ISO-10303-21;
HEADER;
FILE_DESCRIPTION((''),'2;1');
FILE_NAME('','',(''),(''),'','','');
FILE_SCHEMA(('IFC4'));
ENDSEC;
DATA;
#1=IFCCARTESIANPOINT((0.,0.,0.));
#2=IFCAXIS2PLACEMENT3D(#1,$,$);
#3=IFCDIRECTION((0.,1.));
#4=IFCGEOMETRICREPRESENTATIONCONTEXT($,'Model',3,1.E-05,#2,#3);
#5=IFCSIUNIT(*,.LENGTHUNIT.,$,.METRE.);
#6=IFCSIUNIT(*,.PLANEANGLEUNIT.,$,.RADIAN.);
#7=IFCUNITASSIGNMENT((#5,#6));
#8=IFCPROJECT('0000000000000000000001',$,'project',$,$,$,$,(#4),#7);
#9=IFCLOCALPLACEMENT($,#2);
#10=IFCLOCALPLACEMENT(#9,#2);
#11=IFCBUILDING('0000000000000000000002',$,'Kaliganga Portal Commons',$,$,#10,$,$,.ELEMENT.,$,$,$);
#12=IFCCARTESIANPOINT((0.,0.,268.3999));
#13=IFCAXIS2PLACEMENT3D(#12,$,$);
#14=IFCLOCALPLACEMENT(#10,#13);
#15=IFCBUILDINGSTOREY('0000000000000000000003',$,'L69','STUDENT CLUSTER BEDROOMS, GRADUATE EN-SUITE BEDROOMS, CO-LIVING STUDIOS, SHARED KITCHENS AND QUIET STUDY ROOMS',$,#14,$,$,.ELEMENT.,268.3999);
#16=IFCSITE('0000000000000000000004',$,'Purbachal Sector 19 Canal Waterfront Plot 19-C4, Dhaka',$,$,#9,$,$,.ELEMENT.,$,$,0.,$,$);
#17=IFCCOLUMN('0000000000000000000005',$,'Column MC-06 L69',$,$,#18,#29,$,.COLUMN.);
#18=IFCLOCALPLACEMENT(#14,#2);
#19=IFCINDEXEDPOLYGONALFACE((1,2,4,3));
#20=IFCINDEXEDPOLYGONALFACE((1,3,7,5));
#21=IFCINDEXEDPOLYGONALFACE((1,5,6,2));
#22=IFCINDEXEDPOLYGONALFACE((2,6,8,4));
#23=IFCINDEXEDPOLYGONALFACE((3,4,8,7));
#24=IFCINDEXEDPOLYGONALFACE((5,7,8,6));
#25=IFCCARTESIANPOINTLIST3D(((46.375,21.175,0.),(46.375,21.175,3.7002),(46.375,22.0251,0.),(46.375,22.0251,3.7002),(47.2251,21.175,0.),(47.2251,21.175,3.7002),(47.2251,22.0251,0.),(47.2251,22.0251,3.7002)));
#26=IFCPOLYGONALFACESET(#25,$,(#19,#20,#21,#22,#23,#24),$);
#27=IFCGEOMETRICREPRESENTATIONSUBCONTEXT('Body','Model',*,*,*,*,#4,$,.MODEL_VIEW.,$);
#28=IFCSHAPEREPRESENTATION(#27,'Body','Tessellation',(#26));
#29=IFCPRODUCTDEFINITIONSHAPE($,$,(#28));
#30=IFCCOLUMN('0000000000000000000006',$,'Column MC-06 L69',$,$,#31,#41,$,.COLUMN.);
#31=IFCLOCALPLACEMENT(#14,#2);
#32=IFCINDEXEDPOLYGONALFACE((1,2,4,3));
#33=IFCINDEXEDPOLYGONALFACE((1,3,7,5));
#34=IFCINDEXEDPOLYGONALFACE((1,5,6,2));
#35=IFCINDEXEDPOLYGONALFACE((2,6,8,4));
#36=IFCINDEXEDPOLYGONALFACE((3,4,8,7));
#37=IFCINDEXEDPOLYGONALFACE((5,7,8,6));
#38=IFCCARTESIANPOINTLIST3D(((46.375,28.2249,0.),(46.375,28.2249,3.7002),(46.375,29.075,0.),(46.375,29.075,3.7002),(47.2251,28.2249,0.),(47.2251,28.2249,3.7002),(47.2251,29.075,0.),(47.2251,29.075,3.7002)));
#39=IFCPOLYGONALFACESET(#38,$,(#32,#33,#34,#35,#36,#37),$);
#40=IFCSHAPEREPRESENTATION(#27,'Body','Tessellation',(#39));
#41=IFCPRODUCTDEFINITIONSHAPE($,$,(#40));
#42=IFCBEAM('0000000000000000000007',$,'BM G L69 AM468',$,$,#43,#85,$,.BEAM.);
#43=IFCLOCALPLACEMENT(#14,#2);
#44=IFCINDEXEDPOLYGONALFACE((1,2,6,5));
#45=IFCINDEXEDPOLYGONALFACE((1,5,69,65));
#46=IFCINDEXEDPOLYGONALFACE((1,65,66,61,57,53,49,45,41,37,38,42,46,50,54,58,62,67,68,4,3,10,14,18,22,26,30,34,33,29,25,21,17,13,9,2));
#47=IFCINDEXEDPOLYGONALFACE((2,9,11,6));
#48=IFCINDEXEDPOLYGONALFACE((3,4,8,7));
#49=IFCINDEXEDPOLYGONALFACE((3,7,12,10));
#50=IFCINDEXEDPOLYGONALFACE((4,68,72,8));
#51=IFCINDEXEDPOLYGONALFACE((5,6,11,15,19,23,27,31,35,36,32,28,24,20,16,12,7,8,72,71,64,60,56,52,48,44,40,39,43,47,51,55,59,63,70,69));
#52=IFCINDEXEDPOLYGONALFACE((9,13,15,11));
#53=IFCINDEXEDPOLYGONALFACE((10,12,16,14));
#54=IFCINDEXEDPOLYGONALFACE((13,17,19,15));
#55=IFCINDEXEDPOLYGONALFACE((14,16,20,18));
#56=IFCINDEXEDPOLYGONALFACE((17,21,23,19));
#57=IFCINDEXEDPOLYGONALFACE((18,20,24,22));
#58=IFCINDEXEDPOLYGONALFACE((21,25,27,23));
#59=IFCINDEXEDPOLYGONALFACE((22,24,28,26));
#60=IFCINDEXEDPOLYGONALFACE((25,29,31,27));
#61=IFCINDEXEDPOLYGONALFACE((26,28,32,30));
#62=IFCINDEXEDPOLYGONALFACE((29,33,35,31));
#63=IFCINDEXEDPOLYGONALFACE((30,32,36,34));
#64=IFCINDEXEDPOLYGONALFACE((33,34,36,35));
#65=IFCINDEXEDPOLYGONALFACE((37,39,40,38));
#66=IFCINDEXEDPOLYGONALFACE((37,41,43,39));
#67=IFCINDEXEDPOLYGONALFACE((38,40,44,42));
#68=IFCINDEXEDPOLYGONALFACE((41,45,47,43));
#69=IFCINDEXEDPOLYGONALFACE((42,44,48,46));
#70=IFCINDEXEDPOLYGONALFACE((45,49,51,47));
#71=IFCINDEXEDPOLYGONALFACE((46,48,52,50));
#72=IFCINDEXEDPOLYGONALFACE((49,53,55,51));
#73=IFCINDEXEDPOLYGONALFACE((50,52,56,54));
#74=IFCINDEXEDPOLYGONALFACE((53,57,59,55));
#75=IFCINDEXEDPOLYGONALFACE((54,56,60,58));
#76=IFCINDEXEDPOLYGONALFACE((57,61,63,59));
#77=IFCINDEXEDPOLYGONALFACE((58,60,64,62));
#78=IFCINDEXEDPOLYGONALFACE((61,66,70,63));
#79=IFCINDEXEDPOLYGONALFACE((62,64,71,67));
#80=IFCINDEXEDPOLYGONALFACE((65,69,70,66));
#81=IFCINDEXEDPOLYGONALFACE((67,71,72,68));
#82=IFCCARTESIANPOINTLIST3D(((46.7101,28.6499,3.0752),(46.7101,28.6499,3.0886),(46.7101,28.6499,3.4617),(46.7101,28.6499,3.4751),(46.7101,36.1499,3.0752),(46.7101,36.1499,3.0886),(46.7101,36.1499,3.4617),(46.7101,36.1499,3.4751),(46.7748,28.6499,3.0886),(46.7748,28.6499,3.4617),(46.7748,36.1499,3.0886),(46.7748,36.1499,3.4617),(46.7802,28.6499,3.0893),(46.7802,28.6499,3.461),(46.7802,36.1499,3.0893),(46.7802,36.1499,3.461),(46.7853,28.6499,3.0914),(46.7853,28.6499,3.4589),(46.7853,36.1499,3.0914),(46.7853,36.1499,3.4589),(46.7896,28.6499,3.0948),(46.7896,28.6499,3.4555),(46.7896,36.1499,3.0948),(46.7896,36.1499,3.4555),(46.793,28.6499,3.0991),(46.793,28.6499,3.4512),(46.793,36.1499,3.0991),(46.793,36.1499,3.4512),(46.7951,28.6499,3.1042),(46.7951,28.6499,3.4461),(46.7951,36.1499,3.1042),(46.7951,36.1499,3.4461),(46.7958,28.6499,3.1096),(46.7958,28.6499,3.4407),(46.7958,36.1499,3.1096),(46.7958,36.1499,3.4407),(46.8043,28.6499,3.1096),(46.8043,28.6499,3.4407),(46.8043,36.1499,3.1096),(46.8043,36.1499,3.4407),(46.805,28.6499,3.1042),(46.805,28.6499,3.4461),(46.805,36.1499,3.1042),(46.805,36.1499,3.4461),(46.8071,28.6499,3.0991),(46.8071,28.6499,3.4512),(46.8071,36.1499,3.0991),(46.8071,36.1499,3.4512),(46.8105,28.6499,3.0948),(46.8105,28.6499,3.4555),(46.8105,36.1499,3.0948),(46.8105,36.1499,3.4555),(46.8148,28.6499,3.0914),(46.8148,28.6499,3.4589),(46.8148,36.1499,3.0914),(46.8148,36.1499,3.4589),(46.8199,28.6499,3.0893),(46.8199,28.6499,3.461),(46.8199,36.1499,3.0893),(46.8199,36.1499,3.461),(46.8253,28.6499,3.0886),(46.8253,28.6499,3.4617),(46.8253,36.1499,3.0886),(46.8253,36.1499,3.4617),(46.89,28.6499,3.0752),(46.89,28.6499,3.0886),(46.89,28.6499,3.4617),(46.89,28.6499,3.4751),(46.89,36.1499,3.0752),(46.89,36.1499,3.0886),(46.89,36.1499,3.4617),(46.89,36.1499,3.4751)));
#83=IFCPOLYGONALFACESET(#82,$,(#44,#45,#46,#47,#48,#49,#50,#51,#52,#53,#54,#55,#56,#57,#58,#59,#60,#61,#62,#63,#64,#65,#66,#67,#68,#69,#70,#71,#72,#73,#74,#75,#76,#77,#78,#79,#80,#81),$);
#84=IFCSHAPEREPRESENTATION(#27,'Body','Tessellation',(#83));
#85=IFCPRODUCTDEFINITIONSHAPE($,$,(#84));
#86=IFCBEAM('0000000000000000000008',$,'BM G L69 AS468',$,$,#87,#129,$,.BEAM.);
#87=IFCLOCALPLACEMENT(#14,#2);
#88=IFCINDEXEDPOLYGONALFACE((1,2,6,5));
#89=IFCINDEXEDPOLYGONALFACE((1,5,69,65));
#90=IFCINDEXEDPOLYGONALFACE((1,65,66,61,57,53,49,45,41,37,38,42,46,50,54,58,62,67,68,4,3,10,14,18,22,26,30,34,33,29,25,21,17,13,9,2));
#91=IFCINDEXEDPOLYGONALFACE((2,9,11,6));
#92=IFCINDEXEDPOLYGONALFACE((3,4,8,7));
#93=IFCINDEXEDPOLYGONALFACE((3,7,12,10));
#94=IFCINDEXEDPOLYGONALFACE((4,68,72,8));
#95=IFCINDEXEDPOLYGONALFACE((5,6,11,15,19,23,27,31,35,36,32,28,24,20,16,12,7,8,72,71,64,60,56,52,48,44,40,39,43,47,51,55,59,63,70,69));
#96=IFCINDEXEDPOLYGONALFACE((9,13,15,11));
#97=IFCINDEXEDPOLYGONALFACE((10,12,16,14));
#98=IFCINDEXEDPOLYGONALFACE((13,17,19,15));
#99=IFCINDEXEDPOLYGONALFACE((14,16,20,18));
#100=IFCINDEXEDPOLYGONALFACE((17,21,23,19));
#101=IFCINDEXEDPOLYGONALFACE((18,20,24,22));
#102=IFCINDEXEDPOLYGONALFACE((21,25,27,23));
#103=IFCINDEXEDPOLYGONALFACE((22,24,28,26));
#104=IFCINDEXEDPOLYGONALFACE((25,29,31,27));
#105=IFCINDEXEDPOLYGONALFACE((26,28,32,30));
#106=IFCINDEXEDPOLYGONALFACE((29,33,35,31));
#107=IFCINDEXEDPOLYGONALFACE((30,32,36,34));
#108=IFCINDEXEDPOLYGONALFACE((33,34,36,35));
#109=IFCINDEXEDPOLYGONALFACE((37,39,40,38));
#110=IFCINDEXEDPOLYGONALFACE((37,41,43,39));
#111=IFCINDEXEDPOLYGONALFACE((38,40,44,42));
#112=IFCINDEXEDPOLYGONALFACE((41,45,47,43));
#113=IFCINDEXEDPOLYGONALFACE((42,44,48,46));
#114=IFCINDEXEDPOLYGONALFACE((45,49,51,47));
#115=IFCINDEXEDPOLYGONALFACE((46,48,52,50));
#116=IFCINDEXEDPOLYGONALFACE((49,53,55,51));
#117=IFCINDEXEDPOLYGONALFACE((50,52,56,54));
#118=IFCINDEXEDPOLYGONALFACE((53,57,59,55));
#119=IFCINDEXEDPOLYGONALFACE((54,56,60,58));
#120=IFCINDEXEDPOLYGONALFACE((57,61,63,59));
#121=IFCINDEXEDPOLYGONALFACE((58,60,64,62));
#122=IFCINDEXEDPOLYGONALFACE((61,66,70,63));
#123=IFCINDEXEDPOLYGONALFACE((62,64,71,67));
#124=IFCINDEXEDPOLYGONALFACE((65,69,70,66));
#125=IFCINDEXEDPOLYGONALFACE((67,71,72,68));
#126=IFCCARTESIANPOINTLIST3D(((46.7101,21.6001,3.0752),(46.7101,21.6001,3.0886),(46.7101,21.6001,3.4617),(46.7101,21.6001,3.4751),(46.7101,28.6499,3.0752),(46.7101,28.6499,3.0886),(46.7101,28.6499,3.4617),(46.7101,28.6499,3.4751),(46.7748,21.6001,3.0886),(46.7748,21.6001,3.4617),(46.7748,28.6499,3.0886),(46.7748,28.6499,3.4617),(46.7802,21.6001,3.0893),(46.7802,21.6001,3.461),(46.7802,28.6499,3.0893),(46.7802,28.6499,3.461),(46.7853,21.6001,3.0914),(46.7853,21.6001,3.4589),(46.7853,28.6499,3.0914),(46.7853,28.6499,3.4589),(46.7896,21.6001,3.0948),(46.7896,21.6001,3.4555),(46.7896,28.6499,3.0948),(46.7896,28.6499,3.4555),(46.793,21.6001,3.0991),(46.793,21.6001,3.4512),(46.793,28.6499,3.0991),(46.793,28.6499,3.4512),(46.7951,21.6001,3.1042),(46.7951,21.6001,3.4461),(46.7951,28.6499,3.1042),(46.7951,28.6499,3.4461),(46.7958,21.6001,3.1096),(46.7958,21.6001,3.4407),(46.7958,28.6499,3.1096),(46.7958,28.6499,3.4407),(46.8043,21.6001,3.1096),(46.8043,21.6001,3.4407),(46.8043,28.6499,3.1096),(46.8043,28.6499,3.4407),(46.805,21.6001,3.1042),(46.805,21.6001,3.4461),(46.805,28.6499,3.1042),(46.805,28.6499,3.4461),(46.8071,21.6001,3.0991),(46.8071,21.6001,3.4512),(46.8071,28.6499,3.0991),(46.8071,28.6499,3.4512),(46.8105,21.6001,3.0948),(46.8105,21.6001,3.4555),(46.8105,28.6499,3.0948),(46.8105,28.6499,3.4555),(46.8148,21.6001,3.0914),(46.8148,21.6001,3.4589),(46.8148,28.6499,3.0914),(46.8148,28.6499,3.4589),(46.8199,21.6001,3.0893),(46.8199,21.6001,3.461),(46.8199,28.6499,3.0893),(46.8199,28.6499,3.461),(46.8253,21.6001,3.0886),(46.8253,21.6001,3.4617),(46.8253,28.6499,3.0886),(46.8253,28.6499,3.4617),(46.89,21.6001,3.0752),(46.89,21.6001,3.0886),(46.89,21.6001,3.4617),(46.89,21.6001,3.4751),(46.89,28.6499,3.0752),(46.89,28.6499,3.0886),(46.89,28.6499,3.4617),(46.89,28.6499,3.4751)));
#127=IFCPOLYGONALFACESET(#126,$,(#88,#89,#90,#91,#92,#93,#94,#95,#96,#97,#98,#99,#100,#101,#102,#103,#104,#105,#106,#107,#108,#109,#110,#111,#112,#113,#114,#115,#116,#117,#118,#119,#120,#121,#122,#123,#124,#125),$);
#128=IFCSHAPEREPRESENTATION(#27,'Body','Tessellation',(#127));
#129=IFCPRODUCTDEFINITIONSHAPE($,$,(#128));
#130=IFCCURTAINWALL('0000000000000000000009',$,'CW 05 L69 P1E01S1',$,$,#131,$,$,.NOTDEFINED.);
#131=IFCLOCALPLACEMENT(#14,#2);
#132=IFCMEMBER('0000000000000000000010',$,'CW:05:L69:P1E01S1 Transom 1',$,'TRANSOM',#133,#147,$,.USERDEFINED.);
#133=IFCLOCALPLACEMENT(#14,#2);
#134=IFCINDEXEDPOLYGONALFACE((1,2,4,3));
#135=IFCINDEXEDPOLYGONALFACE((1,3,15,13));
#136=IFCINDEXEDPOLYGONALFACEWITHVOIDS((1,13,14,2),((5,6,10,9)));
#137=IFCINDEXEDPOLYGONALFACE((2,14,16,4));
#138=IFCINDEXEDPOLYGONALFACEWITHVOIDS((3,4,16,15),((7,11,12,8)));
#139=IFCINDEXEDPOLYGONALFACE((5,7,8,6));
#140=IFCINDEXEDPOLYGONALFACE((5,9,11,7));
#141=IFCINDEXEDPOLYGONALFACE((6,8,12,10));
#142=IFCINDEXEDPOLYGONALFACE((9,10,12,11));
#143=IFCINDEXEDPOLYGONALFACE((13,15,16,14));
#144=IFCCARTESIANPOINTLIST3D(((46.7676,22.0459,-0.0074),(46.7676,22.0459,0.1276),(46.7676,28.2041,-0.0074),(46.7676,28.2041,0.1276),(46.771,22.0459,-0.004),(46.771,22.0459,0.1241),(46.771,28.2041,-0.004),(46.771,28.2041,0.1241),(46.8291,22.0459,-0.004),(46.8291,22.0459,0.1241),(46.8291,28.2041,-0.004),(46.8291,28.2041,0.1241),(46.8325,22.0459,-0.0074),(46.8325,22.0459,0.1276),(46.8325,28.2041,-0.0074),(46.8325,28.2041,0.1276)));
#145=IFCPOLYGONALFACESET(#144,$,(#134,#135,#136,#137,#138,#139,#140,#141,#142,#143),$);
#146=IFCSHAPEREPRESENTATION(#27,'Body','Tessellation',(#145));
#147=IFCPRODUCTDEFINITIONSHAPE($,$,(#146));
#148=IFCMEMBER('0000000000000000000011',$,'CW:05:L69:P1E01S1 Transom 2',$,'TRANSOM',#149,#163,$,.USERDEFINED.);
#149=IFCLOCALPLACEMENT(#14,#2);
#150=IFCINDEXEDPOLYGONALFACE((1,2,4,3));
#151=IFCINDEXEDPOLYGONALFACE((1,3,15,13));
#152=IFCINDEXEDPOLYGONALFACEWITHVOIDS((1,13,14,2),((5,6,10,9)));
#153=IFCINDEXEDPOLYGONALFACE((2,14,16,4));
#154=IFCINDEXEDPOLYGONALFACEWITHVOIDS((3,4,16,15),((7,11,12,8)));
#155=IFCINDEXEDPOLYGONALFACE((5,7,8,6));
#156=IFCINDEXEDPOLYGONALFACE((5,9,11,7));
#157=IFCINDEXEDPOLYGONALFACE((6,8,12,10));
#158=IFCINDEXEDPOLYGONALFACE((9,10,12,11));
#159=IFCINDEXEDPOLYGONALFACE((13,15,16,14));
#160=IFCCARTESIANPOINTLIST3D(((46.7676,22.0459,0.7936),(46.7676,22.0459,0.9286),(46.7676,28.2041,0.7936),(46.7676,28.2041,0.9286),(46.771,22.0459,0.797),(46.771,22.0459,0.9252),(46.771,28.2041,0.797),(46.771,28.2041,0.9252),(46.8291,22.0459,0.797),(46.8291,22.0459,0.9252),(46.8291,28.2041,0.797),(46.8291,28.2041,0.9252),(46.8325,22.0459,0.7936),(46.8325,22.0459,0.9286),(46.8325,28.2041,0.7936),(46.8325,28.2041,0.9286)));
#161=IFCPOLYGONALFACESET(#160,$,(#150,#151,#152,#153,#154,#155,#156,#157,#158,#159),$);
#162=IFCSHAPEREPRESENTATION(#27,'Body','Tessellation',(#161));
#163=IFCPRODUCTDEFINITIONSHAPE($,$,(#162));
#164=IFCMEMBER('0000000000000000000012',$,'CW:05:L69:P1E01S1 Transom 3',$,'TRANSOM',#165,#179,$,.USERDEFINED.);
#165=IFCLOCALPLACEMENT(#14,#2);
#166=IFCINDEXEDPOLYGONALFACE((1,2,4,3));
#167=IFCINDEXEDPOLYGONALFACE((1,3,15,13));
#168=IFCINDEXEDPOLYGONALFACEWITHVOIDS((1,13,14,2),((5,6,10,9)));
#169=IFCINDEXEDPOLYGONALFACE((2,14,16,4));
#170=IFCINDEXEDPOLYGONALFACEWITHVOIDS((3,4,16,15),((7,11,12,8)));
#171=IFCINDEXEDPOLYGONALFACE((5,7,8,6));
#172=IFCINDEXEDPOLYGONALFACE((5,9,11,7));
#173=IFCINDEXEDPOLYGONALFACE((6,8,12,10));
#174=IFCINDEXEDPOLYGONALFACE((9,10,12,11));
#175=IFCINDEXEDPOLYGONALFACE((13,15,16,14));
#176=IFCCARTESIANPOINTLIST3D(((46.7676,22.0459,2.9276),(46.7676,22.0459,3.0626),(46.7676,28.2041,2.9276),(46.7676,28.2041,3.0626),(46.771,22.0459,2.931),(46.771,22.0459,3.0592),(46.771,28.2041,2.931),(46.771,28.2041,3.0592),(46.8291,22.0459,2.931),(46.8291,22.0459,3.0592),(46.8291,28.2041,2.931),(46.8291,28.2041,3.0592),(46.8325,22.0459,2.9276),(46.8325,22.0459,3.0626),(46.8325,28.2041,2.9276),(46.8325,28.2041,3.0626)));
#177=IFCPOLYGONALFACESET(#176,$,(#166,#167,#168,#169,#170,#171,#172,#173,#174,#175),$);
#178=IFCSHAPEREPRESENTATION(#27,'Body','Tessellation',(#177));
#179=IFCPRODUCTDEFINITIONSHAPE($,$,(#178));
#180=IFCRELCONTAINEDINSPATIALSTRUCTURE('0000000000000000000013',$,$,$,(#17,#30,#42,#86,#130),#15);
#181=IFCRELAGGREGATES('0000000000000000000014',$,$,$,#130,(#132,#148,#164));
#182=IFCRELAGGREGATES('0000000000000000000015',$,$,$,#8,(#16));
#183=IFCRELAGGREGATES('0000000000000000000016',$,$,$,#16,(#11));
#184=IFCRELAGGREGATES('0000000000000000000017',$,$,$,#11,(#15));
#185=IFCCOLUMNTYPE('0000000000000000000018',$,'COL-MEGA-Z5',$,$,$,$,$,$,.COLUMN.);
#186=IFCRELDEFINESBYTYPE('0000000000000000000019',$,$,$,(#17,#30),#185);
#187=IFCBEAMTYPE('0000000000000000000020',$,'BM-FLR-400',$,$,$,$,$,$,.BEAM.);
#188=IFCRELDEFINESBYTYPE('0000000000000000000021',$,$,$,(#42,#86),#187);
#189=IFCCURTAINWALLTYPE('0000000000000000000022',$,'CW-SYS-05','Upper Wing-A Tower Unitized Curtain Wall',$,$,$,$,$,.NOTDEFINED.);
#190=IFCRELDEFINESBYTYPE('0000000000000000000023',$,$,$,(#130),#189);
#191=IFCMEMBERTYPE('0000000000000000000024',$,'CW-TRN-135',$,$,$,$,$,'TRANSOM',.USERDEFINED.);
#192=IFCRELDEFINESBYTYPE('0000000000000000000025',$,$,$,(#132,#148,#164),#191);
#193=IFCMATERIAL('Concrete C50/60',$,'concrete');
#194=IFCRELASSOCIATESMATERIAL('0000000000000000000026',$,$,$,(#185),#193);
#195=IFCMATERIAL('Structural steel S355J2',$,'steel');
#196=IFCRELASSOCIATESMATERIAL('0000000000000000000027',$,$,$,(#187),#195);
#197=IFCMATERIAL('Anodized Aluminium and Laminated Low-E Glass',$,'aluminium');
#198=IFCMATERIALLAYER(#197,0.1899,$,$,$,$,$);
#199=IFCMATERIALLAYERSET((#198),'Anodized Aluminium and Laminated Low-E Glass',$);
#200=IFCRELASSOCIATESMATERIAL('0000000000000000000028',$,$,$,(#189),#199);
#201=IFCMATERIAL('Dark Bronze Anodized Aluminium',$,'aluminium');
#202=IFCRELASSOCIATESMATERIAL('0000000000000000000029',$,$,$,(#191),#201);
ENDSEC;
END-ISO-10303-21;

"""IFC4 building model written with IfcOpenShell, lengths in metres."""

from ifc_helpers import new_model, si_unit, direction, frame, origin, origin_2d, place, context, subcontext, project, spatial, rectangle, hollow_rectangle, i_section, extrude, source, transform, mapped, material, layer, layer_set, material_profile, profile_set, type_object, element, aggregate, save


model = new_model("IFC4")

# Units and contexts
model_context = context("Model", 3, precision=1e-05, world=origin(), true_north=direction((0.0, 1.0)))
body_context = subcontext(model_context, "Body", "Model", "MODEL_VIEW")
ifc_project = project(units=[si_unit("LENGTHUNIT", "METRE"), si_unit("PLANEANGLEUNIT", "RADIAN")], contexts=[model_context])

# Site, building, storey
site_placement = place(None, origin())
site = spatial("IfcSite", under=ifc_project, at=site_placement, Name="Purbachal Sector 19 Canal Waterfront Plot 19-C4, Dhaka", CompositionType="ELEMENT", RefElevation=0.0)
building_placement = place(site_placement, origin())
building = spatial("IfcBuilding", under=site, at=building_placement, Name="Kaliganga Portal Commons", CompositionType="ELEMENT")
storey_placement = place(building_placement, frame((0.0, 0.0, 268.3999)))
storey = spatial("IfcBuildingStorey", under=building, at=storey_placement, Name="L69", Description="STUDENT CLUSTER BEDROOMS, GRADUATE EN-SUITE BEDROOMS, CO-LIVING STUDIOS, SHARED KITCHENS AND QUIET STUDY ROOMS", CompositionType="ELEMENT", Elevation=268.3999)

# Columns
ifc_material_1 = material(Name="Concrete C50/60", Category="concrete")
ifc_material_profile_1 = material_profile(ifc_material_1, rectangle(XDim=0.8501, YDim=0.8501, at=origin_2d()), Name="RC 850x850")
ifc_profile_set_1 = profile_set([ifc_material_profile_1], Name="Concrete C50/60")
column_type = type_object("IfcColumnType", Name="COL-MEGA-Z5", PredefinedType="COLUMN", material=ifc_profile_set_1)
shared_shape_1 = source(origin(), body_context, "Body", "SweptSolid", [
    extrude(rectangle(XDim=0.8501, YDim=0.8501, at=origin_2d()), origin(), (0.0, 0.0, 1.0), 3.7002),
])
for number, where, z_axis, x_axis, name in (
    (1, (46.8, 21.6001, 0.0), (0.0, 0.0, 1.0), (1.0, 0.0, 0.0), "Column MC-06 L69"),
    (2, (46.8, 28.6499, 0.0), (0.0, 0.0, 1.0), (1.0, 0.0, 0.0), "Column MC-06 L69"),
):
    element("IfcColumn", number, at=place(storey_placement, frame(where, z_axis=z_axis, x_axis=x_axis)), inside=storey, type_object=column_type, Name=name, PredefinedType="COLUMN", context=body_context, shape_type="MappedRepresentation", body=[
        mapped(shared_shape_1, transform((0.0, 0.0, 0.0), x_axis=(1.0, 0.0, 0.0), y_axis=(0.0, 1.0, 0.0), z_axis=(0.0, 0.0, 1.0), scale=1.0)),
    ])

# Beams
ifc_material_2 = material(Name="Structural steel S355J2", Category="steel")
ifc_material_profile_2 = material_profile(ifc_material_2, i_section(OverallWidth=0.1799, OverallDepth=0.3999, WebThickness=0.0085, FlangeThickness=0.0134, FilletRadius=0.021, at=origin_2d()), Name="IPE 400")
ifc_profile_set_2 = profile_set([ifc_material_profile_2], Name="Structural steel S355J2 wide-flange")
beam_type = type_object("IfcBeamType", Name="BM-FLR-400", PredefinedType="BEAM", material=ifc_profile_set_2)
shared_shape_2 = source(origin(), body_context, "Body", "SweptSolid", [
    extrude(i_section(OverallWidth=0.1799, OverallDepth=0.3999, WebThickness=0.0085, FlangeThickness=0.0134, FilletRadius=0.021, at=origin_2d()), origin(), (0.0, 0.0, 1.0), 7.5),
])
beam_1_placement = place(storey_placement, frame((46.8, 28.6499, 3.2751), z_axis=(0.0, 1.0, 0.0), x_axis=(-1.0, 0.0, 0.0)))
element("IfcBeam", 3, at=beam_1_placement, inside=storey, type_object=beam_type, Name="BM G L69 AM468", PredefinedType="BEAM", context=body_context, shape_type="MappedRepresentation", body=[
    mapped(shared_shape_2, transform((0.0, 0.0, 0.0), x_axis=(1.0, 0.0, 0.0), y_axis=(0.0, 1.0, 0.0), z_axis=(0.0, 0.0, 1.0), scale=1.0)),
])
shared_shape_3 = source(origin(), body_context, "Body", "SweptSolid", [
    extrude(i_section(OverallWidth=0.1799, OverallDepth=0.3999, WebThickness=0.0085, FlangeThickness=0.0134, FilletRadius=0.021, at=origin_2d()), origin(), (0.0, 0.0, 1.0), 7.0498),
])
beam_2_placement = place(storey_placement, frame((46.8, 21.6001, 3.2751), z_axis=(0.0, 1.0, 0.0), x_axis=(-1.0, 0.0, 0.0)))
element("IfcBeam", 4, at=beam_2_placement, inside=storey, type_object=beam_type, Name="BM G L69 AS468", PredefinedType="BEAM", context=body_context, shape_type="MappedRepresentation", body=[
    mapped(shared_shape_3, transform((0.0, 0.0, 0.0), x_axis=(1.0, 0.0, 0.0), y_axis=(0.0, 1.0, 0.0), z_axis=(0.0, 0.0, 1.0), scale=1.0)),
])

# Curtain wall, members
ifc_material_3 = material(Name="Anodized Aluminium and Laminated Low-E Glass", Category="aluminium")
ifc_layer_1 = layer(ifc_material_3, 0.1899)
ifc_layer_set_1 = layer_set([ifc_layer_1], Name="Anodized Aluminium and Laminated Low-E Glass")
curtain_wall_type = type_object("IfcCurtainWallType", Name="CW-SYS-05", Description="Upper Wing-A Tower Unitized Curtain Wall", PredefinedType="NOTDEFINED", material=ifc_layer_set_1)
curtain_wall_1_placement = place(storey_placement, origin())
curtain_wall_1 = element("IfcCurtainWall", 5, at=curtain_wall_1_placement, inside=storey, type_object=curtain_wall_type, Name="CW 05 L69 P1E01S1", PredefinedType="NOTDEFINED")
ifc_material_4 = material(Name="Dark Bronze Anodized Aluminium", Category="aluminium")
ifc_material_profile_3 = material_profile(ifc_material_4, hollow_rectangle(XDim=0.0649, YDim=0.135, WallThickness=0.0034, at=origin_2d()), Name="ALU TRAN 65x135x3.5")
ifc_profile_set_3 = profile_set([ifc_material_profile_3], Name="Dark Bronze Anodized Aluminium")
member_type_1 = type_object("IfcMemberType", Name="CW-TRN-135", ElementType="TRANSOM", PredefinedType="USERDEFINED", material=ifc_profile_set_3)
shared_shape_4 = source(origin(), body_context, "Body", "SweptSolid", [
    extrude(hollow_rectangle(XDim=0.0649, YDim=0.135, WallThickness=0.0034, at=origin_2d()), origin(), (0.0, 0.0, 1.0), 6.1582),
])
member_1_placement = place(storey_placement, frame((46.8, 22.0459, 0.0601), z_axis=(0.0, 1.0, 0.0), x_axis=(-1.0, 0.0, 0.0)))
member_1 = element("IfcMember", 6, at=member_1_placement, type_object=member_type_1, Name="CW:05:L69:P1E01S1 Transom 1", ObjectType="TRANSOM", PredefinedType="USERDEFINED", context=body_context, shape_type="MappedRepresentation", body=[
    mapped(shared_shape_4, transform((0.0, 0.0, 0.0), x_axis=(1.0, 0.0, 0.0), y_axis=(0.0, 1.0, 0.0), z_axis=(0.0, 0.0, 1.0), scale=1.0)),
])
member_2_placement = place(storey_placement, frame((46.8, 22.0459, 0.8611), z_axis=(0.0, 1.0, 0.0), x_axis=(-1.0, 0.0, 0.0)))
member_2 = element("IfcMember", 7, at=member_2_placement, type_object=member_type_1, Name="CW:05:L69:P1E01S1 Transom 2", ObjectType="TRANSOM", PredefinedType="USERDEFINED", context=body_context, shape_type="MappedRepresentation", body=[
    mapped(shared_shape_4, transform((0.0, 0.0, 0.0), x_axis=(1.0, 0.0, 0.0), y_axis=(0.0, 1.0, 0.0), z_axis=(0.0, 0.0, 1.0), scale=1.0)),
])
member_3_placement = place(storey_placement, frame((46.8, 22.0459, 2.9951), z_axis=(0.0, 1.0, 0.0), x_axis=(-1.0, 0.0, 0.0)))
member_3 = element("IfcMember", 8, at=member_3_placement, type_object=member_type_1, Name="CW:05:L69:P1E01S1 Transom 3", ObjectType="TRANSOM", PredefinedType="USERDEFINED", context=body_context, shape_type="MappedRepresentation", body=[
    mapped(shared_shape_4, transform((0.0, 0.0, 0.0), x_axis=(1.0, 0.0, 0.0), y_axis=(0.0, 1.0, 0.0), z_axis=(0.0, 0.0, 1.0), scale=1.0)),
])

aggregate(curtain_wall_1, [member_1, member_2, member_3])

save(model, "model.ifc")
